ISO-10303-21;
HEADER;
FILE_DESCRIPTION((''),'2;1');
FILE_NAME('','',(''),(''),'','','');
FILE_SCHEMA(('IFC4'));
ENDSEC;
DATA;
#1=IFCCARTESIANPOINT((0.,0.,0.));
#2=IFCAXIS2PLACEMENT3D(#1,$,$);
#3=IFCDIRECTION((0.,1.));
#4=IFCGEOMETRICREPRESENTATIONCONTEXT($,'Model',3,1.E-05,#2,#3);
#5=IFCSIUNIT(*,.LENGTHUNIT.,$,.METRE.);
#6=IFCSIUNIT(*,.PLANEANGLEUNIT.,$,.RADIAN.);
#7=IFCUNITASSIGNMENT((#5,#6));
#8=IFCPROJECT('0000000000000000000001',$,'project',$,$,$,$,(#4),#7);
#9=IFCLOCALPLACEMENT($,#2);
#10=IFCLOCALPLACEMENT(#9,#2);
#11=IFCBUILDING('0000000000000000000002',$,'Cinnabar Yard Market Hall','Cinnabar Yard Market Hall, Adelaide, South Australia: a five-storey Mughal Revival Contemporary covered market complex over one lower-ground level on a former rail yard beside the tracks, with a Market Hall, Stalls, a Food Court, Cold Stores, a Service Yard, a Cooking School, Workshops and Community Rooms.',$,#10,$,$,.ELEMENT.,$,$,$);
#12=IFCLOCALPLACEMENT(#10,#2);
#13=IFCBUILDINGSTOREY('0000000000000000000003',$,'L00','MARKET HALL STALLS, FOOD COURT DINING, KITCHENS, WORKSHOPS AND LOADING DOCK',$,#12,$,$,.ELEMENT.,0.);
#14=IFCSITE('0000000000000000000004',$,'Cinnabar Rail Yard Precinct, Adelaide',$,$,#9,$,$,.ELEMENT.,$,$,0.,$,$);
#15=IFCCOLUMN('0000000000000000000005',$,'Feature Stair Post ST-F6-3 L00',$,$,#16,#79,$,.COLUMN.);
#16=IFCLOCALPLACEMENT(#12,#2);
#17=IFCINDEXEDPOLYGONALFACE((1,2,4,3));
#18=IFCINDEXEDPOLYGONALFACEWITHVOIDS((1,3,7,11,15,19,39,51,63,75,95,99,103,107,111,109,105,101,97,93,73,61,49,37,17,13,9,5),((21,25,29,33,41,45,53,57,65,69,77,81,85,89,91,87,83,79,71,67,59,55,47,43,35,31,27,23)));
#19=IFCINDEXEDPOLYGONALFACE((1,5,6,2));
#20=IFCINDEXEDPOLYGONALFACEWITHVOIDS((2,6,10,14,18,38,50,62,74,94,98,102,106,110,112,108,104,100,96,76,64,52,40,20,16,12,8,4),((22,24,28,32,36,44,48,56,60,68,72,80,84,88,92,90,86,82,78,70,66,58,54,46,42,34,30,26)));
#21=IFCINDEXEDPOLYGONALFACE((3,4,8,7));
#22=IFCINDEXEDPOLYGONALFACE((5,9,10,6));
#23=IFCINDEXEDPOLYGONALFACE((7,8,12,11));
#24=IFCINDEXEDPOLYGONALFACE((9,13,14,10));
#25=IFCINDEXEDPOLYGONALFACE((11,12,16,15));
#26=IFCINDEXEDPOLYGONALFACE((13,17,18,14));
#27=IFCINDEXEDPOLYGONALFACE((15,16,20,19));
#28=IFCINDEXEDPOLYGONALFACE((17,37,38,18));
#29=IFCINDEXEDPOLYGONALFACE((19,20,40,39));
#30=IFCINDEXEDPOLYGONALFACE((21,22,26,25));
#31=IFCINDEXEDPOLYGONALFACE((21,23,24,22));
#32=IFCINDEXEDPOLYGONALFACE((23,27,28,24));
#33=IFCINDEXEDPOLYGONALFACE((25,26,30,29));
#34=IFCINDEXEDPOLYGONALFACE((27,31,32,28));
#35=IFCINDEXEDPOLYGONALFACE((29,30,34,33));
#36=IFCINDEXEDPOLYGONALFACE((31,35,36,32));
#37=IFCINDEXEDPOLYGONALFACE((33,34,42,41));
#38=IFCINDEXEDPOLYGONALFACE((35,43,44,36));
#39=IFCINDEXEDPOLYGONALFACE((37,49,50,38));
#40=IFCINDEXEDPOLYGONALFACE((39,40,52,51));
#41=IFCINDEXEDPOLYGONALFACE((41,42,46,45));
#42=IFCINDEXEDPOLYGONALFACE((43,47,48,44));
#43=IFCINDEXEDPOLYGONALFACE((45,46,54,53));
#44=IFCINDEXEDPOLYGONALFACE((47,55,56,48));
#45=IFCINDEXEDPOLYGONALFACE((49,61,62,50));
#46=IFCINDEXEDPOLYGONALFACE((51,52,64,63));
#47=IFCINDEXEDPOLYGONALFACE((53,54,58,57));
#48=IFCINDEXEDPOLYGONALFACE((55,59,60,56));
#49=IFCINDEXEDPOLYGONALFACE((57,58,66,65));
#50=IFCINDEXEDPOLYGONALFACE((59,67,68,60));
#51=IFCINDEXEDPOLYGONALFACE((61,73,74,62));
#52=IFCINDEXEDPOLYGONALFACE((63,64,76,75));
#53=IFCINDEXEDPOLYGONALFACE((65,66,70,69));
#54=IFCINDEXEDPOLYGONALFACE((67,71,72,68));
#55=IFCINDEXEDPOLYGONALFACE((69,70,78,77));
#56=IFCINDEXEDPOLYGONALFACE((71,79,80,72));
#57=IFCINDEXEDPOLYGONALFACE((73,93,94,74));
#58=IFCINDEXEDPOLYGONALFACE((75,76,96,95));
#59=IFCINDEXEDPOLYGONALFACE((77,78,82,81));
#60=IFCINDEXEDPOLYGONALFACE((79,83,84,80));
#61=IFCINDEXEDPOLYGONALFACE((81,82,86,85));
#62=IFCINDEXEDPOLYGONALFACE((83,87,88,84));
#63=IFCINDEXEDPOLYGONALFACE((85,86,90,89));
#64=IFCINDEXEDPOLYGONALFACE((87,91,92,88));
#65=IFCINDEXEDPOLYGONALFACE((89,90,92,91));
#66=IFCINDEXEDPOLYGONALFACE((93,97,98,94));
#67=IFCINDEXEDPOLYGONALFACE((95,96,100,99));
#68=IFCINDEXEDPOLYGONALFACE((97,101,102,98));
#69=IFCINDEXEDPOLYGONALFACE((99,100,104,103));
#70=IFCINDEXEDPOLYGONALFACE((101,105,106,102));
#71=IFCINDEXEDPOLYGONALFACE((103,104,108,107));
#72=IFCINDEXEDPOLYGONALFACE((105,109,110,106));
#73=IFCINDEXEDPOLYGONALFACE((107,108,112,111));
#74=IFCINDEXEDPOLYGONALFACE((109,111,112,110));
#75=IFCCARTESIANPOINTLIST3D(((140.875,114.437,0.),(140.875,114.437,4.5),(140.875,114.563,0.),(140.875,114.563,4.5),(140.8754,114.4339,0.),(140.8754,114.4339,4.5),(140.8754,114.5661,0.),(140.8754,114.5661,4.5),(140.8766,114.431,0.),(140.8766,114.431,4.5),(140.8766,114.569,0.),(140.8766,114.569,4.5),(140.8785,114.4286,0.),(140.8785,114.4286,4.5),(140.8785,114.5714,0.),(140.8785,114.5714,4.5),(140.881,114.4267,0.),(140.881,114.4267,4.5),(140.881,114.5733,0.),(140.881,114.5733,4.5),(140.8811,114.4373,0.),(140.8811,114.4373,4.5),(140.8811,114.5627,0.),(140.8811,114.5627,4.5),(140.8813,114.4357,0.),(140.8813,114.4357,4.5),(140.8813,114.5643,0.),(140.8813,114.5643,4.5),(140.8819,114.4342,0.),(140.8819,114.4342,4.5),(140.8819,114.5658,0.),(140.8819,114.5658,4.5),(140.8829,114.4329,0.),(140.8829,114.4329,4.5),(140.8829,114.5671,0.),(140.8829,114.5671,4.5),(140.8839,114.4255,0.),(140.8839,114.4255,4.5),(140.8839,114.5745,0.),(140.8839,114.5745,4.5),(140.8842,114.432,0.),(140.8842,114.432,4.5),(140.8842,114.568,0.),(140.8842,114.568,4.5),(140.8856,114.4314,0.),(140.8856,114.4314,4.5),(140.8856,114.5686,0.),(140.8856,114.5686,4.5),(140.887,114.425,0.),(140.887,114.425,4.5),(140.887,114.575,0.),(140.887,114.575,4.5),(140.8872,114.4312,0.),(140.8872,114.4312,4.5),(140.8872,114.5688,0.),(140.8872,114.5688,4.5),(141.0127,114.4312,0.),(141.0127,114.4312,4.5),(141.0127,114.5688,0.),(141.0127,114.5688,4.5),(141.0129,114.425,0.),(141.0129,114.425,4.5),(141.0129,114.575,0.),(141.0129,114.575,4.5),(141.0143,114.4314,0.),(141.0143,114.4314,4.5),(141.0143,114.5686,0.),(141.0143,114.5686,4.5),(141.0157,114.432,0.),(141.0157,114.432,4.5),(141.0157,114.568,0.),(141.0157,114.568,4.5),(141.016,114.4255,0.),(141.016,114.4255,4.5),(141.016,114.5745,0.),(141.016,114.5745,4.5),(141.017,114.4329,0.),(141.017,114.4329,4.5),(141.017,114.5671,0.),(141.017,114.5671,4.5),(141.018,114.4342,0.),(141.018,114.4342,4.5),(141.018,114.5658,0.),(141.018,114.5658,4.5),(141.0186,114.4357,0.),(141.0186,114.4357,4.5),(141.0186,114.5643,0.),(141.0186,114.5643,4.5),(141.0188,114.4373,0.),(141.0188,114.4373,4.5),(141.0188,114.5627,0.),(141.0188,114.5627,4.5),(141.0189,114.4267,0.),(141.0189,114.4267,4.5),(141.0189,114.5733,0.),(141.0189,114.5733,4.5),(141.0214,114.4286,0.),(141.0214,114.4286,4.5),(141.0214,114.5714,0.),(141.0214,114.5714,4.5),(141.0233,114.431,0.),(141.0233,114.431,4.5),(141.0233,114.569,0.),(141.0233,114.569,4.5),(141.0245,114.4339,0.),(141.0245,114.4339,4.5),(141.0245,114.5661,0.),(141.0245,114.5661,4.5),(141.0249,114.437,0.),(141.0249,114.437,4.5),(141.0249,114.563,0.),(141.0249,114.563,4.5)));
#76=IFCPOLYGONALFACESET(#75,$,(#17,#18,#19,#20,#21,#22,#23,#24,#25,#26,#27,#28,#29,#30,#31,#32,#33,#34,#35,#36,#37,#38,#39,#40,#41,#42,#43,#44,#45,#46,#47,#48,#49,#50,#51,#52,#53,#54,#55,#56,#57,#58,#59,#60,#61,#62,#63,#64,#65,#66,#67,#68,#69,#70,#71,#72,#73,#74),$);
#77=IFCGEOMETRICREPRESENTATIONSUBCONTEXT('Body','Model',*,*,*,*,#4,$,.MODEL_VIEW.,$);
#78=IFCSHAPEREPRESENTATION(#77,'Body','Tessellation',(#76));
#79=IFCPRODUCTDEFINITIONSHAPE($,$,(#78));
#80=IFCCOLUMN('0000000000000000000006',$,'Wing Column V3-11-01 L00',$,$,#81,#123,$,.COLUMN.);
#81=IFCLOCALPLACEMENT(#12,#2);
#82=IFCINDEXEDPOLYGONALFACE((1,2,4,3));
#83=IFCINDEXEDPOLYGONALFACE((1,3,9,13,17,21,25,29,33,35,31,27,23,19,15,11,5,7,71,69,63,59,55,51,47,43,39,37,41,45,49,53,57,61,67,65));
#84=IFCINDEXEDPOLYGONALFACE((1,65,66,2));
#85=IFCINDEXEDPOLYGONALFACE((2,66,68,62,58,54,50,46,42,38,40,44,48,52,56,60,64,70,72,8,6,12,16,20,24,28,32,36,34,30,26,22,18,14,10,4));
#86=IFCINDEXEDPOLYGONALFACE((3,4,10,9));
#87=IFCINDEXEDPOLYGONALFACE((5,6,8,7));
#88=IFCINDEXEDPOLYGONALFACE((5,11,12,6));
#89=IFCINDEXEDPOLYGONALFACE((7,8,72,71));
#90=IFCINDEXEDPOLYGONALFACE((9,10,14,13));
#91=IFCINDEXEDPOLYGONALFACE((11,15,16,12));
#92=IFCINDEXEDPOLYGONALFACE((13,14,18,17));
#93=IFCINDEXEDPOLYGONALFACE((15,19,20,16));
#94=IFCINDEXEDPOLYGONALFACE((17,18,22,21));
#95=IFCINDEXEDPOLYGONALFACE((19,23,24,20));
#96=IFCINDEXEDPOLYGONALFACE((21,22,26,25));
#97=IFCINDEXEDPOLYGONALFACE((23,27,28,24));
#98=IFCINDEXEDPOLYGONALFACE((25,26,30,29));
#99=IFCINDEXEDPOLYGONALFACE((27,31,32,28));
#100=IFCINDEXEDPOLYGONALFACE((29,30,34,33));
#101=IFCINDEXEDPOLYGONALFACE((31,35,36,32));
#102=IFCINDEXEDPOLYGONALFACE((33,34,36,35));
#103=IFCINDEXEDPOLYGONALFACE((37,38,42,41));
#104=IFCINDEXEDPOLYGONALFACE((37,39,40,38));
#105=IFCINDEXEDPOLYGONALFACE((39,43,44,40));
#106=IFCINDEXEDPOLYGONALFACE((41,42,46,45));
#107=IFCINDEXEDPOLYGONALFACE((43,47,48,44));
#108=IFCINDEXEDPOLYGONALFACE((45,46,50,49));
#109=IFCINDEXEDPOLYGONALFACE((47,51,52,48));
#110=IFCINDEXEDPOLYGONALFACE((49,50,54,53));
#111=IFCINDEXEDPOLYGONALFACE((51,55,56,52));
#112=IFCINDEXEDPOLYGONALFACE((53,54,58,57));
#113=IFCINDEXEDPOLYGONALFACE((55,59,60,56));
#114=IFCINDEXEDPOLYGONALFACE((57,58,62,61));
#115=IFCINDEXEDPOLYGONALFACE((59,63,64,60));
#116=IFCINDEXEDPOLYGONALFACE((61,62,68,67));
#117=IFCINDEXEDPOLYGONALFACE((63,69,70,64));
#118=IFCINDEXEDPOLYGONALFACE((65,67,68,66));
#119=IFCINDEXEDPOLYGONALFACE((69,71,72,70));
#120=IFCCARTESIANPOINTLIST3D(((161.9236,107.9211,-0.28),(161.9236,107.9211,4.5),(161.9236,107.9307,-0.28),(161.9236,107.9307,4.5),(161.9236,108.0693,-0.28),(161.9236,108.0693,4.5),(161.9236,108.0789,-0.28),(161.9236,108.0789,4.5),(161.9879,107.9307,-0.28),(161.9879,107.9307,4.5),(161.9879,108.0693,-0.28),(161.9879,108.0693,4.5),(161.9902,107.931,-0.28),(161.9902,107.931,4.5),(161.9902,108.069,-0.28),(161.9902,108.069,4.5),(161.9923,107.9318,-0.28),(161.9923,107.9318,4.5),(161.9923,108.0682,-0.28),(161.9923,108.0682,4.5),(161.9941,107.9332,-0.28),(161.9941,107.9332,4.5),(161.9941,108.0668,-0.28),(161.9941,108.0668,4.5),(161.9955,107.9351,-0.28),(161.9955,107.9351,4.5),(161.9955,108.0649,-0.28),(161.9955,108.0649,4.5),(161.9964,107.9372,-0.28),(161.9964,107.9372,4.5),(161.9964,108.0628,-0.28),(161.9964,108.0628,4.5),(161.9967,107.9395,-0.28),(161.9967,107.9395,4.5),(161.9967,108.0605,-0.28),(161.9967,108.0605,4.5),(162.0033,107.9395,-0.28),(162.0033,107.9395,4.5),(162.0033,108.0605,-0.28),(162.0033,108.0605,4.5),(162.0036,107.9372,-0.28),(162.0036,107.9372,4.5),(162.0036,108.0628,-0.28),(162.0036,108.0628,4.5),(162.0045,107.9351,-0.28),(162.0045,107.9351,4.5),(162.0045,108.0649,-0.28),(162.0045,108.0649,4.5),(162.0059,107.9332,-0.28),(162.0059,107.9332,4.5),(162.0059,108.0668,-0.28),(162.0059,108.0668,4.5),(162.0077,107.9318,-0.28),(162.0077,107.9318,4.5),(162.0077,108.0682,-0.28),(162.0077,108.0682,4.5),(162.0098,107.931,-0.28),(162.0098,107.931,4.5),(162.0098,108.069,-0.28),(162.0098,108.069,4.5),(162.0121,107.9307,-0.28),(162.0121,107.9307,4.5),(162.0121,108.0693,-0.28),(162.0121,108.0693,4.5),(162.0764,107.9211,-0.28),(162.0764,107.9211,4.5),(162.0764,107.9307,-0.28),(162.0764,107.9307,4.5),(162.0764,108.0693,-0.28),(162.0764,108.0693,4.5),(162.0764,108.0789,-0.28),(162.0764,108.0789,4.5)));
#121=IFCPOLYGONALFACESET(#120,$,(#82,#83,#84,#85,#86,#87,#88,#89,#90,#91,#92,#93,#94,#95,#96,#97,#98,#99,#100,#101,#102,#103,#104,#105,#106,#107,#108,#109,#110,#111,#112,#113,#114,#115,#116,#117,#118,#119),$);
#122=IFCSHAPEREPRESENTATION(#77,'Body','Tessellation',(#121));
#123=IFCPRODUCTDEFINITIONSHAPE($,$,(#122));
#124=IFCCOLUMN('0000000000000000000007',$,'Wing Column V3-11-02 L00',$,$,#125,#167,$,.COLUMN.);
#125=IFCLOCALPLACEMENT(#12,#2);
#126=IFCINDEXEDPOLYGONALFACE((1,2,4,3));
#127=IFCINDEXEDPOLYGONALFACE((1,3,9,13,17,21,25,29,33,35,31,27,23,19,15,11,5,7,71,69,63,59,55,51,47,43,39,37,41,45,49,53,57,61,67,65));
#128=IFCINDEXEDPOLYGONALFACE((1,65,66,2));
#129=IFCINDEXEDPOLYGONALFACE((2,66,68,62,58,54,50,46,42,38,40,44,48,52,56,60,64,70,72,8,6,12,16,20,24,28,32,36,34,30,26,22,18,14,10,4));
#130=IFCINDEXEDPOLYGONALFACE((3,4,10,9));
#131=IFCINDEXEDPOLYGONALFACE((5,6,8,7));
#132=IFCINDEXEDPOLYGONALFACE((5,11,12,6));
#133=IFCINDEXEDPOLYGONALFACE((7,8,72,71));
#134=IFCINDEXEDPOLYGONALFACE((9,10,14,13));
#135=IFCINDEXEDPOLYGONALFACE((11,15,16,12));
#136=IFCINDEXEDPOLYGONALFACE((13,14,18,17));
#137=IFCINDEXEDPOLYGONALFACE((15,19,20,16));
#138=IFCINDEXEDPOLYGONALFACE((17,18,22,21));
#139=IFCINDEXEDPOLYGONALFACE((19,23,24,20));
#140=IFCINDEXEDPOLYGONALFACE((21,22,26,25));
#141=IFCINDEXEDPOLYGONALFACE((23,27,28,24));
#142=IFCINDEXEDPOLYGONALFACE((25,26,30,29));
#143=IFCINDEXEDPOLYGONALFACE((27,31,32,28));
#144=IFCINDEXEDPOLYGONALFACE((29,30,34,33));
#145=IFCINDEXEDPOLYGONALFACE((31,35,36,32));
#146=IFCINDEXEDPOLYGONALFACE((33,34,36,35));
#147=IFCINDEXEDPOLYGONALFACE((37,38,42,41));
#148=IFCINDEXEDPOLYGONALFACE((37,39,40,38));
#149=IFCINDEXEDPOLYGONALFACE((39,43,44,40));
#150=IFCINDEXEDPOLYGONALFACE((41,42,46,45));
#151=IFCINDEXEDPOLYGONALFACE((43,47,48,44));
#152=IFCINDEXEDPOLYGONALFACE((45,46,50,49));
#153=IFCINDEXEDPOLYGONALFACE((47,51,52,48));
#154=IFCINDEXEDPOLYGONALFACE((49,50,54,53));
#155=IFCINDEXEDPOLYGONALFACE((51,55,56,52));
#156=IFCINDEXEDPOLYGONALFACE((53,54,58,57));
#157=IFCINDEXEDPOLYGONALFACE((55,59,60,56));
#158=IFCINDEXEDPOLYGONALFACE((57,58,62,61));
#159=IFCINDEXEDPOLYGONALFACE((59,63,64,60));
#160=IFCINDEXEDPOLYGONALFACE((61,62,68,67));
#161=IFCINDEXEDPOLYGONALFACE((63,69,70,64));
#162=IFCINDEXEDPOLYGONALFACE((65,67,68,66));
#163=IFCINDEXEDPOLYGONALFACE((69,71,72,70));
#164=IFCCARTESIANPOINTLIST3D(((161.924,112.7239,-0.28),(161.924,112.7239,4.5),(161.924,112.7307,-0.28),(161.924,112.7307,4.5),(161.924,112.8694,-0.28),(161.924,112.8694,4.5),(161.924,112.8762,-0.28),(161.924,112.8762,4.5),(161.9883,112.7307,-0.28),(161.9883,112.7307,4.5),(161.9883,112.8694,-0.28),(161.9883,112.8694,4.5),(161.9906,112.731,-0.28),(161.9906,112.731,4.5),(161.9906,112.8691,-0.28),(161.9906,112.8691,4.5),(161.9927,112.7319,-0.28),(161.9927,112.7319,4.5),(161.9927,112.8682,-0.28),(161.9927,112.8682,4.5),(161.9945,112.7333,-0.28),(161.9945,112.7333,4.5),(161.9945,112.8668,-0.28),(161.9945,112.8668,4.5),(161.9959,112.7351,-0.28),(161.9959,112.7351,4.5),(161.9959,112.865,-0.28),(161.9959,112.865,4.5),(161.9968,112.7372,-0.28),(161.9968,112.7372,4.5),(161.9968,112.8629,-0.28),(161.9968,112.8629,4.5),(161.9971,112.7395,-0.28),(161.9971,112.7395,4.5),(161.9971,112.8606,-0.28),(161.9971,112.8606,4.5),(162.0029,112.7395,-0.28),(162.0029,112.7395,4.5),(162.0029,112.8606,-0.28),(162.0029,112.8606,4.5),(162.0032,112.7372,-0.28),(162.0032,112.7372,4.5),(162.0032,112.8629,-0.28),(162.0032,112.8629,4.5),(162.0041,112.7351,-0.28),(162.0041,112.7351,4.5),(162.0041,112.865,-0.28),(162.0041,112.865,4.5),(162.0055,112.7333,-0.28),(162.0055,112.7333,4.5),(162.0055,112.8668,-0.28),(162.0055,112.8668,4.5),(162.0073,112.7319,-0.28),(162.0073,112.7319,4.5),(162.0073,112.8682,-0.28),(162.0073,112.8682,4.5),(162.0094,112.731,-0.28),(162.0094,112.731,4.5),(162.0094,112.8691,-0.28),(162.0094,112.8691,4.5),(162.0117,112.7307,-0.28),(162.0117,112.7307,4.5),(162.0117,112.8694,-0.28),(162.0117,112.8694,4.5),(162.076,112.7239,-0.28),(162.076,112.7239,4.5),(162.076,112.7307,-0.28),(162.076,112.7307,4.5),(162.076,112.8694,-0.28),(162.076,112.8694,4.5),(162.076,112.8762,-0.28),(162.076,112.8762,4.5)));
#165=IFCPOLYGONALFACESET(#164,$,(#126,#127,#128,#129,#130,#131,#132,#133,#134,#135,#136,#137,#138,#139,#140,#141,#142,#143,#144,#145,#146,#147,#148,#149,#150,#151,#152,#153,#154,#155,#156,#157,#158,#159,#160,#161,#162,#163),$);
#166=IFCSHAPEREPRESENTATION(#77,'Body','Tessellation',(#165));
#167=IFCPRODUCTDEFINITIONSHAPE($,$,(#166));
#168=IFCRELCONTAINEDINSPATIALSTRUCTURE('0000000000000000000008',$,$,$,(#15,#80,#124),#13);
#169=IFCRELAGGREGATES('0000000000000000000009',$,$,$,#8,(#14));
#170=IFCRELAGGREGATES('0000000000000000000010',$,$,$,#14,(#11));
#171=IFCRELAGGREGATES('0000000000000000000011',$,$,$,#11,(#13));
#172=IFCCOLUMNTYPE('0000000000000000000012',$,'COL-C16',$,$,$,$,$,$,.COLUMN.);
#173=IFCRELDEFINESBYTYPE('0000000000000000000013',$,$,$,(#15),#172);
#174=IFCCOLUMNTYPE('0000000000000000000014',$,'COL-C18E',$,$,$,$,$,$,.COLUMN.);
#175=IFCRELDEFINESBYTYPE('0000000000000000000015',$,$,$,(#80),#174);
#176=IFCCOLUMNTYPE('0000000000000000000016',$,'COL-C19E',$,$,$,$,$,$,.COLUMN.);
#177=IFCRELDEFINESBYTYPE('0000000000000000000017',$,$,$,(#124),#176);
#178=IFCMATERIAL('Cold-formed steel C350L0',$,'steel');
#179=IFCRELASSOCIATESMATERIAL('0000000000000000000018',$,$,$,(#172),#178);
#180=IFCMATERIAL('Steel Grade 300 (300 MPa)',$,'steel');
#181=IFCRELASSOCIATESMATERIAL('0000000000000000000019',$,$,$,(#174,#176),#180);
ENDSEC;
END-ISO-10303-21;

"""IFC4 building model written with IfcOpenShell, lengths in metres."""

from ifc_helpers import new_model, si_unit, direction, frame, origin, origin_2d_with_axis, place, context, subcontext, project, spatial, hollow_rectangle, i_section, extrude, material, material_profile, profile_set, type_object, element, save


model = new_model("IFC4")

# Units and contexts
model_context = context("Model", 3, precision=1e-05, world=origin(), true_north=direction((0.0, 1.0)))
body_context = subcontext(model_context, "Body", "Model", "MODEL_VIEW")
ifc_project = project(units=[si_unit("LENGTHUNIT", "METRE"), si_unit("PLANEANGLEUNIT", "RADIAN")], contexts=[model_context])

# Site, building, storey
site_placement = place(None, origin())
site = spatial("IfcSite", under=ifc_project, at=site_placement, Name="Cinnabar Rail Yard Precinct, Adelaide", CompositionType="ELEMENT", RefElevation=0.0)
building_placement = place(site_placement, origin())
building = spatial("IfcBuilding", under=site, at=building_placement, Name="Cinnabar Yard Market Hall", Description="Cinnabar Yard Market Hall, Adelaide, South Australia: a five-storey Mughal Revival Contemporary covered market complex over one lower-ground level on a former rail yard beside the tracks, with a Market Hall, Stalls, a Food Court, Cold Stores, a Service Yard, a Cooking School, Workshops and Community Rooms.", CompositionType="ELEMENT")
storey_placement = place(building_placement, origin())
storey = spatial("IfcBuildingStorey", under=building, at=storey_placement, Name="L00", Description="MARKET HALL STALLS, FOOD COURT DINING, KITCHENS, WORKSHOPS AND LOADING DOCK", CompositionType="ELEMENT", Elevation=0.0)

# Columns
ifc_material_1 = material(Name="Steel Grade 300 (300 MPa)", Category="steel")
ifc_material_2 = material(Name="Cold-formed steel C350L0", Category="steel")
ifc_material_profile_1 = material_profile(ifc_material_2, hollow_rectangle(XDim=0.1499, YDim=0.1499, WallThickness=0.0061, InnerFilletRadius=0.0061, OuterFilletRadius=0.012, at=origin_2d_with_axis()), Name="150x150x6.0SHS")
ifc_profile_set_1 = profile_set([ifc_material_profile_1], Name="Cold-formed steel C350L0")
column_type_1 = type_object("IfcColumnType", Name="COL-C16", PredefinedType="COLUMN", material=ifc_profile_set_1)
for number, where, z_axis, x_axis, name in (
    (1, (140.95, 114.5, 0.0), (0.0, 0.0, 1.0), (1.0, 0.0, 0.0), "Feature Stair Post ST-F6-3 L00"),
):
    element("IfcColumn", number, at=place(storey_placement, frame(where, z_axis=z_axis, x_axis=x_axis)), inside=storey, type_object=column_type_1, Name=name, PredefinedType="COLUMN", context=body_context, shape_type="SweptSolid", body=[
        extrude(hollow_rectangle(XDim=0.1499, YDim=0.1499, WallThickness=0.0061, InnerFilletRadius=0.0061, OuterFilletRadius=0.012, at=origin_2d_with_axis()), origin(), (0.0, 0.0, 1.0), 4.5),
    ])
ifc_material_profile_2 = material_profile(ifc_material_1, i_section(OverallWidth=0.1528, OverallDepth=0.1577, WebThickness=0.0066, FlangeThickness=0.0095, FilletRadius=0.0088, at=origin_2d_with_axis()), Name="150UC30.0")
ifc_profile_set_2 = profile_set([ifc_material_profile_2], Name="Steel Grade 300 (300 MPa)")
column_type_2 = type_object("IfcColumnType", Name="COL-C18E", PredefinedType="COLUMN", material=ifc_profile_set_2)
column_1_placement = place(storey_placement, frame((162.0, 108.0, -0.28), z_axis=(0.0, 0.0, 1.0), x_axis=(1.0, 0.0, 0.0)))
element("IfcColumn", 2, at=column_1_placement, inside=storey, type_object=column_type_2, Name="Wing Column V3-11-01 L00", PredefinedType="COLUMN", context=body_context, shape_type="SweptSolid", body=[
    extrude(i_section(OverallWidth=0.1528, OverallDepth=0.1577, WebThickness=0.0066, FlangeThickness=0.0095, FilletRadius=0.0088, at=origin_2d_with_axis()), origin(), (0.0, 0.0, 1.0), 4.78),
])
ifc_material_profile_3 = material_profile(ifc_material_1, i_section(OverallWidth=0.1521, OverallDepth=0.1523, WebThickness=0.0059, FlangeThickness=0.0068, FilletRadius=0.0088, at=origin_2d_with_axis()), Name="150UC23.4")
ifc_profile_set_3 = profile_set([ifc_material_profile_3], Name="Steel Grade 300 (300 MPa)")
column_type_3 = type_object("IfcColumnType", Name="COL-C19E", PredefinedType="COLUMN", material=ifc_profile_set_3)
column_2_placement = place(storey_placement, frame((162.0, 112.8, -0.28), z_axis=(0.0, 0.0, 1.0), x_axis=(1.0, 0.0, 0.0)))
element("IfcColumn", 3, at=column_2_placement, inside=storey, type_object=column_type_3, Name="Wing Column V3-11-02 L00", PredefinedType="COLUMN", context=body_context, shape_type="SweptSolid", body=[
    extrude(i_section(OverallWidth=0.1521, OverallDepth=0.1523, WebThickness=0.0059, FlangeThickness=0.0068, FilletRadius=0.0088, at=origin_2d_with_axis()), origin(), (0.0, 0.0, 1.0), 4.78),
])

save(model, "model.ifc")
